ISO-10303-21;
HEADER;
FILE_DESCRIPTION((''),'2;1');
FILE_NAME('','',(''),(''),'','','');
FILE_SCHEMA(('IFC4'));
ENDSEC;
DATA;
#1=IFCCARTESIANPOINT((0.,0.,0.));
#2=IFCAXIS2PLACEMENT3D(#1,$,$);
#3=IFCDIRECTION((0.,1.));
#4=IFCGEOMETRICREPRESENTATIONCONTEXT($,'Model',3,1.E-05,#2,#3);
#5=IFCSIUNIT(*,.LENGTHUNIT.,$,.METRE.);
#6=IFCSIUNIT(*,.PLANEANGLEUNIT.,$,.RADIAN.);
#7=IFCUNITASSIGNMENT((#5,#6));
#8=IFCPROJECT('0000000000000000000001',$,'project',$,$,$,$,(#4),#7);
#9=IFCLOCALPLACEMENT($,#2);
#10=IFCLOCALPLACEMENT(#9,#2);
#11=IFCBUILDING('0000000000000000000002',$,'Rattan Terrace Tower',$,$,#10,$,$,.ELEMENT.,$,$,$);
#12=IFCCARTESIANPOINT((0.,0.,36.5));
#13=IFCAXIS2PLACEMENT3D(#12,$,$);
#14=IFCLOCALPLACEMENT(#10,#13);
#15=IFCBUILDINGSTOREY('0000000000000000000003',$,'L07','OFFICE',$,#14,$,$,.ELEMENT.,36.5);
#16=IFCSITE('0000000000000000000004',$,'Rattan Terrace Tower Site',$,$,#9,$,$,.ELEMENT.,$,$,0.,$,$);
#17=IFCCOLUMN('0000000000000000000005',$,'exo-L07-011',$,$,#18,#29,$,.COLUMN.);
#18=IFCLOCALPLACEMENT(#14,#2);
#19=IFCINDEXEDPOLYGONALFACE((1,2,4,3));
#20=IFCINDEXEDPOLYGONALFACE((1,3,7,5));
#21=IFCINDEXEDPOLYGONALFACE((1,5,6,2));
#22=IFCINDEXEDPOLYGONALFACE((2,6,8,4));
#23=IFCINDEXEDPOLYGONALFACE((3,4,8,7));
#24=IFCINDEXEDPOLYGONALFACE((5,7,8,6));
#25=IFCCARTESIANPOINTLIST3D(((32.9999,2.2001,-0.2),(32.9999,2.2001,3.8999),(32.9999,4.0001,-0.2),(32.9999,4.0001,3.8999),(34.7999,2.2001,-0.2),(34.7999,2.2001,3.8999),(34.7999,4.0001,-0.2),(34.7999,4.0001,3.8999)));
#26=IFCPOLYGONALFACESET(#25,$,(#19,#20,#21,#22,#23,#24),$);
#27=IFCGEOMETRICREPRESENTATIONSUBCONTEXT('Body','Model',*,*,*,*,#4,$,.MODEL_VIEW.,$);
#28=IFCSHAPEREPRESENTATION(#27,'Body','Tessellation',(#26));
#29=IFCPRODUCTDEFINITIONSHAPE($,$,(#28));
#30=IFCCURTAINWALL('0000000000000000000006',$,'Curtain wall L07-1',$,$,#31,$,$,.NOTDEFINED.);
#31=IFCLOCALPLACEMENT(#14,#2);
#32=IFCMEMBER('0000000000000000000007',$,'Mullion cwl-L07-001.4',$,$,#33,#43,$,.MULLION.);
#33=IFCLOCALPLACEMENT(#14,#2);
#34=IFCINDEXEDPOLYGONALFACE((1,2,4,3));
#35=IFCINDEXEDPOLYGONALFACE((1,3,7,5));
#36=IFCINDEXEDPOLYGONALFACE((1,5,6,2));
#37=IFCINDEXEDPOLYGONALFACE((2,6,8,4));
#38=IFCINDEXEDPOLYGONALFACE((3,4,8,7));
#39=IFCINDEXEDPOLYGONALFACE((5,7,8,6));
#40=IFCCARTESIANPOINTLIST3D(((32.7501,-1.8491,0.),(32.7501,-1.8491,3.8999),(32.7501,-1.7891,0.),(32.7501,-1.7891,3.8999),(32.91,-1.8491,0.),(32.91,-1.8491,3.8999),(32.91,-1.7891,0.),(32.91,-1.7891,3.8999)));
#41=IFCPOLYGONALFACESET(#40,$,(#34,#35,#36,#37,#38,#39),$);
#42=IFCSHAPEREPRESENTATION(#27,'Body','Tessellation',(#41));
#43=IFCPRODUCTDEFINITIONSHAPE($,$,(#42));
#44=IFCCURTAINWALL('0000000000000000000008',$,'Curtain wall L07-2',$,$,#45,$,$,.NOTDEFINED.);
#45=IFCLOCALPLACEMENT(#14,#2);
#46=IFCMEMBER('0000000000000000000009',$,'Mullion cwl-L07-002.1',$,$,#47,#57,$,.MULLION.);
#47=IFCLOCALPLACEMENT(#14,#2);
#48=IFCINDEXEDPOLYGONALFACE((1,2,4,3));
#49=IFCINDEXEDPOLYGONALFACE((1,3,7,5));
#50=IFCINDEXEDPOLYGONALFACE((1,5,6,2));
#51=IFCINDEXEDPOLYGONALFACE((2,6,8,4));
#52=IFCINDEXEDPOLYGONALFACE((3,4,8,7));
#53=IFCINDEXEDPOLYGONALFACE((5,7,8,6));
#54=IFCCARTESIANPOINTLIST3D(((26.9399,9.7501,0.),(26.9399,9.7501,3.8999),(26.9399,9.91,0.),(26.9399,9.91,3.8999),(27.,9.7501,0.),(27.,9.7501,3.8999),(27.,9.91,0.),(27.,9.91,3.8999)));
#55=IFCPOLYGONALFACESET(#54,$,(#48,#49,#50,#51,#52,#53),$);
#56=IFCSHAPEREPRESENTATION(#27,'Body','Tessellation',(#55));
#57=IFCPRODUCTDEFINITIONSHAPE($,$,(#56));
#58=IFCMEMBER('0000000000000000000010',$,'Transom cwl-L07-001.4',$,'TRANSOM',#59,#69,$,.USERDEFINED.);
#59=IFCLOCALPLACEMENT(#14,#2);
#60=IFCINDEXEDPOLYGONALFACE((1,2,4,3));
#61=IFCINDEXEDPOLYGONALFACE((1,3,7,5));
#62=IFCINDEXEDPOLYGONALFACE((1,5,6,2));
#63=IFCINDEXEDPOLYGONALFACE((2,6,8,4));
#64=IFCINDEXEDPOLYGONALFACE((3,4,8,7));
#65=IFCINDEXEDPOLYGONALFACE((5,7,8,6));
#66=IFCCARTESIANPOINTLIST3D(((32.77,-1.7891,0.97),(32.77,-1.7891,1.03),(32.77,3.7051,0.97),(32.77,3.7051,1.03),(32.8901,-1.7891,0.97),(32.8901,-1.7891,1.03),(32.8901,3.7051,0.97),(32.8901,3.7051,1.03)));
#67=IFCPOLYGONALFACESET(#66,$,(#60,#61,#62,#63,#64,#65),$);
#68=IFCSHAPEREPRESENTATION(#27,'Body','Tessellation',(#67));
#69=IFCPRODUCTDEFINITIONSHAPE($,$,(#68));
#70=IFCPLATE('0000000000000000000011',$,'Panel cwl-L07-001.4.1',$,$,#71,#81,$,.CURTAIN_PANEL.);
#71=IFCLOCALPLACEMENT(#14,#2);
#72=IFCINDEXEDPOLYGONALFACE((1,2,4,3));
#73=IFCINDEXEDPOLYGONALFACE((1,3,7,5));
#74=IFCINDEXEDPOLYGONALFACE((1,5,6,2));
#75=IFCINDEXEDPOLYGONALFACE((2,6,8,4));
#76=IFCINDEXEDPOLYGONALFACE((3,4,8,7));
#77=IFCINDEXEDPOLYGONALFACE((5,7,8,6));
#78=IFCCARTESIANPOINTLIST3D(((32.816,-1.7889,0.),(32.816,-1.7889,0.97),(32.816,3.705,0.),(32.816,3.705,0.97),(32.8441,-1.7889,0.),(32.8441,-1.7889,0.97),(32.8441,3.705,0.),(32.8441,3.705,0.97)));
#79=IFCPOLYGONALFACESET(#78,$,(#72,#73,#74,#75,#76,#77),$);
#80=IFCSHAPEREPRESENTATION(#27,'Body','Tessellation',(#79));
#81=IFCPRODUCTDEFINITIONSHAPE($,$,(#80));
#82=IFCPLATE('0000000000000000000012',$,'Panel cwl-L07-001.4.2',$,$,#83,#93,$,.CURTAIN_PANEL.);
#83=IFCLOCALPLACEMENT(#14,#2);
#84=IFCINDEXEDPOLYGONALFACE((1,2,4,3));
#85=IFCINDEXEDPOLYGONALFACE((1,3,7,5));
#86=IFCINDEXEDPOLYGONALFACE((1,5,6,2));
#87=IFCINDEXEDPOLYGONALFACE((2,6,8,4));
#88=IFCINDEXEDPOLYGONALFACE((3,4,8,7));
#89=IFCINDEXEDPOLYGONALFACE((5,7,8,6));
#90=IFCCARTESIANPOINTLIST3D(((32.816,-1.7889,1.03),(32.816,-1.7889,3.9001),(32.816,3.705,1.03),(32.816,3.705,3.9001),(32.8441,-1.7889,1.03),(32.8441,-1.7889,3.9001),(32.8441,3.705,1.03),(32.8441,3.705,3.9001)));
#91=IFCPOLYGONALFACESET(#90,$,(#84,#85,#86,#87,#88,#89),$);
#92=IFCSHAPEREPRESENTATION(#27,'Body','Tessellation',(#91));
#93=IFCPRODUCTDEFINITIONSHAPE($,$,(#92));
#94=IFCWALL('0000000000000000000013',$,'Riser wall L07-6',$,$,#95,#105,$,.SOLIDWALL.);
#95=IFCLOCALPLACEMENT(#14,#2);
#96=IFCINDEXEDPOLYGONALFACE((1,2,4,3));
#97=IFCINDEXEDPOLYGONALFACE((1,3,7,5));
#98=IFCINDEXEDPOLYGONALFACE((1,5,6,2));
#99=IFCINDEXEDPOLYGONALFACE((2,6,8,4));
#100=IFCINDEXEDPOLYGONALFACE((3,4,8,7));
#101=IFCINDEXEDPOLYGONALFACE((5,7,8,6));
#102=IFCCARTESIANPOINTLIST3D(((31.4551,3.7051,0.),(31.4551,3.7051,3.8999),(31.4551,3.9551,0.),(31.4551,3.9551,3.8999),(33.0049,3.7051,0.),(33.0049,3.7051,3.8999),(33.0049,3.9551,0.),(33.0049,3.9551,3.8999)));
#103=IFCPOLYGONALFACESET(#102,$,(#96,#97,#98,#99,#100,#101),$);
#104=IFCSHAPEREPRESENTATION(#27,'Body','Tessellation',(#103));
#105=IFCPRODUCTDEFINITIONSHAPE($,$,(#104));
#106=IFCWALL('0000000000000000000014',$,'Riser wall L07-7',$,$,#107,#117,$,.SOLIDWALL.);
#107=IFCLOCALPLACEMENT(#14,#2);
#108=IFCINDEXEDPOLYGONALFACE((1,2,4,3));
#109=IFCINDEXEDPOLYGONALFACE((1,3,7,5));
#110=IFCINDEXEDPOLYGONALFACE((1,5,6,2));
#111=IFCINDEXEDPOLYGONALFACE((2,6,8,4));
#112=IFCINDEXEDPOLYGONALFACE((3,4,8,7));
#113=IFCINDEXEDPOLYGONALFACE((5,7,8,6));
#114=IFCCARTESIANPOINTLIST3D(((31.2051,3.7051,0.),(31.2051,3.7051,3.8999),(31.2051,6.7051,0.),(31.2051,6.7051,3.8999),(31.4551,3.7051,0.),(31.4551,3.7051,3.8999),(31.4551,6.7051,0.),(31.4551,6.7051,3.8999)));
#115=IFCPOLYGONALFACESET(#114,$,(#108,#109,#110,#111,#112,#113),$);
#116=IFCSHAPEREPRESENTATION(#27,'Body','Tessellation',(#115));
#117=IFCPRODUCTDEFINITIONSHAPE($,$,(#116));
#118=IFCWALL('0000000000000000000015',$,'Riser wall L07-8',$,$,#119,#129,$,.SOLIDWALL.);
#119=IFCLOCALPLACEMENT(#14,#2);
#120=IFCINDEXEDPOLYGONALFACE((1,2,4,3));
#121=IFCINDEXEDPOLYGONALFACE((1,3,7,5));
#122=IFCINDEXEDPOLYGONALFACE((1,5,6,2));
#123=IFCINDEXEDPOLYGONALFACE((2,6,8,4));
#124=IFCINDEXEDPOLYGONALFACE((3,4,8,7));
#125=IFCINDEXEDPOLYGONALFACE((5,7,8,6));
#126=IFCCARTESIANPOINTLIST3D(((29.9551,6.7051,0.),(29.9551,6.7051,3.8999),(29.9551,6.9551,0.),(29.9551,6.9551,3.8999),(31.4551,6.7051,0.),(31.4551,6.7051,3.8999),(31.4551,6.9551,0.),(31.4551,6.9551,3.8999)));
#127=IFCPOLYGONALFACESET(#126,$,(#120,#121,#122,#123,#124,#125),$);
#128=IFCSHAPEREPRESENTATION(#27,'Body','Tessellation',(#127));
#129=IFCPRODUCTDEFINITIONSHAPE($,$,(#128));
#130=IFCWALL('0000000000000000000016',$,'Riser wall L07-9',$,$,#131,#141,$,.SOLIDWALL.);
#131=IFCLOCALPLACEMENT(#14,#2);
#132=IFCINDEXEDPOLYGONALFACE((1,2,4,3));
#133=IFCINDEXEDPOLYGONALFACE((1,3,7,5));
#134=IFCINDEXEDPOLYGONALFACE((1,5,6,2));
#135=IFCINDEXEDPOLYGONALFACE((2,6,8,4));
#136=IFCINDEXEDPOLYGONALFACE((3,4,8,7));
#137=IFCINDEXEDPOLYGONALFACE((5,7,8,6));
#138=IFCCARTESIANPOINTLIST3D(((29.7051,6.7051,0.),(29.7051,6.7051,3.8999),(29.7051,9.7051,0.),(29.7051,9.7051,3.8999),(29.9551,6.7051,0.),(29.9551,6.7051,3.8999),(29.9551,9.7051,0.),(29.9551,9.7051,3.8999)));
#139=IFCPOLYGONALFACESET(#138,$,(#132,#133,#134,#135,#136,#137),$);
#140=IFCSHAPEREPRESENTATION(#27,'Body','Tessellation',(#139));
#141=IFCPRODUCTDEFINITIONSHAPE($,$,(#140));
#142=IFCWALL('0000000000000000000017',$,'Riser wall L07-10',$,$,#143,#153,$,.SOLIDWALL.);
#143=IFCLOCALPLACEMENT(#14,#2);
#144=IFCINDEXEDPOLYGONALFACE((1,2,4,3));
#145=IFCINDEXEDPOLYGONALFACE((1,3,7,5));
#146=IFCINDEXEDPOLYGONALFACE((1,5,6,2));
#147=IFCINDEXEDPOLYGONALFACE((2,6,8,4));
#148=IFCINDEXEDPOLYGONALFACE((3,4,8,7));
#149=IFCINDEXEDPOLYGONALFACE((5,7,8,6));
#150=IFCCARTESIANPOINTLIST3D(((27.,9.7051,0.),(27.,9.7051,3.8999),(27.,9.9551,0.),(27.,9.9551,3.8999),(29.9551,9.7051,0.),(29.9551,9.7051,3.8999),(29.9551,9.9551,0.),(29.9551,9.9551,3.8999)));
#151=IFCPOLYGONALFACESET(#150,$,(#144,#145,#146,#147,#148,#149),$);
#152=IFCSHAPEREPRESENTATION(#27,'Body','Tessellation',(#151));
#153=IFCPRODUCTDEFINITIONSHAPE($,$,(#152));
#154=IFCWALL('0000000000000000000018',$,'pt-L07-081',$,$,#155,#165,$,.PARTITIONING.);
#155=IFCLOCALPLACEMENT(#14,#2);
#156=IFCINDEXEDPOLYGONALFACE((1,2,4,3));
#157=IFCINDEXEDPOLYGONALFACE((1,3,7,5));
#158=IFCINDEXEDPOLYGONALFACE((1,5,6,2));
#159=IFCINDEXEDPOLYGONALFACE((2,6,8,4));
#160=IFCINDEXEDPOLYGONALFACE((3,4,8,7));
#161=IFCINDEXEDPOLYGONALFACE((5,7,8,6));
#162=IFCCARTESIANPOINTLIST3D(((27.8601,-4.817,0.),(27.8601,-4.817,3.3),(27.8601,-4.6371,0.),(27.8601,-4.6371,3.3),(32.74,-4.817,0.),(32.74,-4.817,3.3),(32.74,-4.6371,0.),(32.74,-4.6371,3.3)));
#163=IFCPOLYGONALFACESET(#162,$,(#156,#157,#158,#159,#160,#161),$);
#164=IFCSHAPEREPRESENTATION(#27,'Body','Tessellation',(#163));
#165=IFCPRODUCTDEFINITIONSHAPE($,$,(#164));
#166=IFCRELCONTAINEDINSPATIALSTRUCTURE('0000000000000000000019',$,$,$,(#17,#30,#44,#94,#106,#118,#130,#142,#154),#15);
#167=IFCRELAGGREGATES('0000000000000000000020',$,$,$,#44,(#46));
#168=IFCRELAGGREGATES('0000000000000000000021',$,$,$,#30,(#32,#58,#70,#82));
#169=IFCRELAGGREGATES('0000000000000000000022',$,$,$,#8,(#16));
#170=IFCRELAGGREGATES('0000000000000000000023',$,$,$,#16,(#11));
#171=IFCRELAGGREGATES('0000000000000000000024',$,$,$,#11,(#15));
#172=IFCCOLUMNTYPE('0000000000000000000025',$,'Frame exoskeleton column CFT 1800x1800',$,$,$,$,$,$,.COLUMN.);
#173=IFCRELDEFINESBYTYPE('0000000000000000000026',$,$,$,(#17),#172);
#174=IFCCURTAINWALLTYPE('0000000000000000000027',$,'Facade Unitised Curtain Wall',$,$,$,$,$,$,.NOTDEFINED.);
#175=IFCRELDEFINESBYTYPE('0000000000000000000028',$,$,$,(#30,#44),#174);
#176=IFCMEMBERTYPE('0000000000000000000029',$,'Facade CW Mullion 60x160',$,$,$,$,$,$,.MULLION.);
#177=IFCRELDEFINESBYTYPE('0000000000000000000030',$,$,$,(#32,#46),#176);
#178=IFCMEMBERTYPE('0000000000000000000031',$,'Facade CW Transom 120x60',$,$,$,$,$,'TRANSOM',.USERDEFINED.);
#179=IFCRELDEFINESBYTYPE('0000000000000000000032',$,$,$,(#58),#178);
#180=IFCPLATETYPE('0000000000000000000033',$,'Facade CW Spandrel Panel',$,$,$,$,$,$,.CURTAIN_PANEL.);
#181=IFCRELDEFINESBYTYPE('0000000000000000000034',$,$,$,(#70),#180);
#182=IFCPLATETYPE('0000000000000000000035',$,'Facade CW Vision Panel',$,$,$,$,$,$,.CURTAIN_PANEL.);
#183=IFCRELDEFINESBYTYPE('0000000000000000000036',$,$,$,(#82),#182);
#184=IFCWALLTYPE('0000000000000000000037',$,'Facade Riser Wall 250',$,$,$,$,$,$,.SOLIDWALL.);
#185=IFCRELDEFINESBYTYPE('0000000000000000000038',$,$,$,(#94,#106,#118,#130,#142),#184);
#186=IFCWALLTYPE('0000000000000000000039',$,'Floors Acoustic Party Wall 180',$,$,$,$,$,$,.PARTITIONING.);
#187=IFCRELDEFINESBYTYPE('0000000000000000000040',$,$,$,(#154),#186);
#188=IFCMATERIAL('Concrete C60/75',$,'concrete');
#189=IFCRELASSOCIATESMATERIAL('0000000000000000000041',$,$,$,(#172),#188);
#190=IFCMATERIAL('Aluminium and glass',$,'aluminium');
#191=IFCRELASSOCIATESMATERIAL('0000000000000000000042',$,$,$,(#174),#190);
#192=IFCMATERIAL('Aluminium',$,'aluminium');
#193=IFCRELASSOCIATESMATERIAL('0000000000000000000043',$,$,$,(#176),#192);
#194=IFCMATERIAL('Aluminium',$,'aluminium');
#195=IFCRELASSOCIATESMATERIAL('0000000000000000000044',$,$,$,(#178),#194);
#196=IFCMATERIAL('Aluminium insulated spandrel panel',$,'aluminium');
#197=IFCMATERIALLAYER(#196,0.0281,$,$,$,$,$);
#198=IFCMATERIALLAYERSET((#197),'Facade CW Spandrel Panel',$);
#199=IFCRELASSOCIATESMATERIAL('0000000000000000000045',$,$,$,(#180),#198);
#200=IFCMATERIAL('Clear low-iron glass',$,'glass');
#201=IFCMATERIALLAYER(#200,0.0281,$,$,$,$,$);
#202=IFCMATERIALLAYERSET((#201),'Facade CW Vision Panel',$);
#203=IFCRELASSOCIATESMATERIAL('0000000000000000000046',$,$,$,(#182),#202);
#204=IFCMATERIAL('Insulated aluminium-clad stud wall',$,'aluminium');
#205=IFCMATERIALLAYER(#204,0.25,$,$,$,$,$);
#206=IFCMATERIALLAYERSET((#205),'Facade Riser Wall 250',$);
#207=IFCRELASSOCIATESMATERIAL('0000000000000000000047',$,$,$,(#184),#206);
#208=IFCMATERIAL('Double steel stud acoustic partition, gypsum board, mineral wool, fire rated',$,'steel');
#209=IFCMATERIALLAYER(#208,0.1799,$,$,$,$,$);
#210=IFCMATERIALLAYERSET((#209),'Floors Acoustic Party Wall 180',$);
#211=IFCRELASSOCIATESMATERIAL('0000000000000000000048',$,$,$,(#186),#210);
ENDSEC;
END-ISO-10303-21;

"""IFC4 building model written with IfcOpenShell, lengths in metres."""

from ifc_helpers import new_model, si_unit, direction, frame, frame_2d, origin, origin_2d, place, context, subcontext, project, spatial, rectangle, extrude, material, layer, layer_set, material_profile, profile_set, type_object, element, aggregate, save


model = new_model("IFC4")

# Units and contexts
model_context = context("Model", 3, precision=1e-05, world=origin(), true_north=direction((0.0, 1.0)))
body_context = subcontext(model_context, "Body", "Model", "MODEL_VIEW")
ifc_project = project(units=[si_unit("LENGTHUNIT", "METRE"), si_unit("PLANEANGLEUNIT", "RADIAN")], contexts=[model_context])

# Site, building, storey
site_placement = place(None, origin())
site = spatial("IfcSite", under=ifc_project, at=site_placement, Name="Rattan Terrace Tower Site", CompositionType="ELEMENT", RefElevation=0.0)
building_placement = place(site_placement, origin())
building = spatial("IfcBuilding", under=site, at=building_placement, Name="Rattan Terrace Tower", CompositionType="ELEMENT")
storey_placement = place(building_placement, frame((0.0, 0.0, 36.5)))
storey = spatial("IfcBuildingStorey", under=building, at=storey_placement, Name="L07", Description="OFFICE", CompositionType="ELEMENT", Elevation=36.5)

# Column
ifc_material_1 = material(Name="Concrete C60/75", Category="concrete")
ifc_material_profile_1 = material_profile(ifc_material_1, rectangle(XDim=1.8, YDim=1.8, at=origin_2d()), Name="CFT 1800x1800")
ifc_profile_set_1 = profile_set([ifc_material_profile_1], Name="Concrete C60/75")
column_type = type_object("IfcColumnType", Name="Frame exoskeleton column CFT 1800x1800", PredefinedType="COLUMN", material=ifc_profile_set_1)
column_placement = place(storey_placement, frame((33.8999, 3.1001, -0.2), z_axis=(0.0, 0.0, 1.0), x_axis=(0.0, 1.0, 0.0)))
element("IfcColumn", 1, at=column_placement, inside=storey, type_object=column_type, Name="exo-L07-011", PredefinedType="COLUMN", context=body_context, shape_type="SweptSolid", body=[
    extrude(rectangle(XDim=1.8, YDim=1.8, at=origin_2d()), origin(), (0.0, 0.0, 1.0), 4.0999),
])

# Curtain walls, members
ifc_material_2 = material(Name="Aluminium and glass", Category="aluminium")
curtain_wall_type = type_object("IfcCurtainWallType", Name="Facade Unitised Curtain Wall", PredefinedType="NOTDEFINED", material=ifc_material_2)
curtain_wall_1_placement = place(storey_placement, origin())
curtain_wall_1 = element("IfcCurtainWall", 2, at=curtain_wall_1_placement, inside=storey, type_object=curtain_wall_type, Name="Curtain wall L07-1", PredefinedType="NOTDEFINED")
ifc_material_3 = material(Name="Aluminium", Category="aluminium")
ifc_material_profile_2 = material_profile(ifc_material_3, rectangle(XDim=0.0601, YDim=0.1599, at=origin_2d()), Name="Aluminium 60x160")
ifc_profile_set_2 = profile_set([ifc_material_profile_2], Name="Aluminium")
member_type_1 = type_object("IfcMemberType", Name="Facade CW Mullion 60x160", PredefinedType="MULLION", material=ifc_profile_set_2)
member_1_placement = place(storey_placement, frame((32.8301, -1.8191, 0.0), z_axis=(0.0, 0.0, 1.0), x_axis=(0.0, 1.0, 0.0)))
member_1 = element("IfcMember", 3, at=member_1_placement, type_object=member_type_1, Name="Mullion cwl-L07-001.4", PredefinedType="MULLION", context=body_context, shape_type="SweptSolid", body=[
    extrude(rectangle(XDim=0.0601, YDim=0.1599, at=origin_2d()), origin(), (0.0, 0.0, 1.0), 3.8999),
])
curtain_wall_2_placement = place(storey_placement, origin())
curtain_wall_2 = element("IfcCurtainWall", 4, at=curtain_wall_2_placement, inside=storey, type_object=curtain_wall_type, Name="Curtain wall L07-2", PredefinedType="NOTDEFINED")
member_2_placement = place(storey_placement, frame((26.97, 9.8301, 0.0), z_axis=(0.0, 0.0, 1.0), x_axis=(-1.0, 0.0, 0.0)))
member_2 = element("IfcMember", 5, at=member_2_placement, type_object=member_type_1, Name="Mullion cwl-L07-002.1", PredefinedType="MULLION", context=body_context, shape_type="SweptSolid", body=[
    extrude(rectangle(XDim=0.0601, YDim=0.1599, at=origin_2d()), origin(), (0.0, 0.0, 1.0), 3.8999),
])
aggregate(curtain_wall_2, [member_2])

# Member
ifc_material_4 = material(Name="Aluminium", Category="aluminium")
ifc_material_profile_3 = material_profile(ifc_material_4, rectangle(XDim=0.1201, YDim=0.0601, at=origin_2d()), Name="Aluminium 120x60")
ifc_profile_set_3 = profile_set([ifc_material_profile_3], Name="Aluminium")
member_type_2 = type_object("IfcMemberType", Name="Facade CW Transom 120x60", ElementType="TRANSOM", PredefinedType="USERDEFINED", material=ifc_profile_set_3)
member_3_placement = place(storey_placement, frame((32.8301, -1.7891, 1.0), z_axis=(0.0, 1.0, 0.0), x_axis=(-1.0, 0.0, 0.0)))
member_3 = element("IfcMember", 6, at=member_3_placement, type_object=member_type_2, Name="Transom cwl-L07-001.4", ObjectType="TRANSOM", PredefinedType="USERDEFINED", context=body_context, shape_type="SweptSolid", body=[
    extrude(rectangle(XDim=0.1201, YDim=0.0601, at=origin_2d()), origin(), (0.0, 0.0, 1.0), 5.4941),
])

# Plates
ifc_material_5 = material(Name="Aluminium insulated spandrel panel", Category="aluminium")
ifc_layer_1 = layer(ifc_material_5, 0.0281)
ifc_layer_set_1 = layer_set([ifc_layer_1], Name="Facade CW Spandrel Panel")
plate_type_1 = type_object("IfcPlateType", Name="Facade CW Spandrel Panel", PredefinedType="CURTAIN_PANEL", material=ifc_layer_set_1)
plate_1_placement = place(storey_placement, frame((32.8301, 0.958, 0.0), z_axis=(0.0, 0.0, 1.0), x_axis=(0.0, 1.0, 0.0)))
plate_1 = element("IfcPlate", 7, at=plate_1_placement, type_object=plate_type_1, Name="Panel cwl-L07-001.4.1", PredefinedType="CURTAIN_PANEL", context=body_context, shape_type="SweptSolid", body=[
    extrude(rectangle(XDim=5.4939, YDim=0.0281, at=origin_2d()), origin(), (0.0, 0.0, 1.0), 0.97),
])
ifc_material_6 = material(Name="Clear low-iron glass", Category="glass")
ifc_layer_2 = layer(ifc_material_6, 0.0281)
ifc_layer_set_2 = layer_set([ifc_layer_2], Name="Facade CW Vision Panel")
plate_type_2 = type_object("IfcPlateType", Name="Facade CW Vision Panel", PredefinedType="CURTAIN_PANEL", material=ifc_layer_set_2)
plate_2_placement = place(storey_placement, frame((32.8301, 0.958, 1.03), z_axis=(0.0, 0.0, 1.0), x_axis=(0.0, 1.0, 0.0)))
plate_2 = element("IfcPlate", 8, at=plate_2_placement, type_object=plate_type_2, Name="Panel cwl-L07-001.4.2", PredefinedType="CURTAIN_PANEL", context=body_context, shape_type="SweptSolid", body=[
    extrude(rectangle(XDim=5.4939, YDim=0.0281, at=origin_2d()), origin(), (0.0, 0.0, 1.0), 2.8701),
])
aggregate(curtain_wall_1, [member_1, member_3, plate_1, plate_2])

# Walls
ifc_material_7 = material(Name="Insulated aluminium-clad stud wall", Category="aluminium")
ifc_layer_3 = layer(ifc_material_7, 0.25)
ifc_layer_set_3 = layer_set([ifc_layer_3], Name="Facade Riser Wall 250")
wall_type_1 = type_object("IfcWallType", Name="Facade Riser Wall 250", PredefinedType="SOLIDWALL", material=ifc_layer_set_3)
wall_1_placement = place(storey_placement, frame((33.0049, 3.8301, 0.0), z_axis=(0.0, 0.0, 1.0), x_axis=(-1.0, 0.0, 0.0)))
element("IfcWall", 9, at=wall_1_placement, inside=storey, type_object=wall_type_1, Name="Riser wall L07-6", PredefinedType="SOLIDWALL", context=body_context, shape_type="SweptSolid", body=[
    extrude(rectangle(XDim=1.5498, YDim=0.25, at=frame_2d((0.7749, 0.0))), origin(), (0.0, 0.0, 1.0), 3.8999),
])
wall_2_placement = place(storey_placement, frame((31.3301, 3.7051, 0.0), z_axis=(0.0, 0.0, 1.0), x_axis=(0.0, 1.0, 0.0)))
element("IfcWall", 10, at=wall_2_placement, inside=storey, type_object=wall_type_1, Name="Riser wall L07-7", PredefinedType="SOLIDWALL", context=body_context, shape_type="SweptSolid", body=[
    extrude(rectangle(XDim=3.0, YDim=0.25, at=frame_2d((1.5, 0.0))), origin(), (0.0, 0.0, 1.0), 3.8999),
])
wall_3_placement = place(storey_placement, frame((31.4551, 6.8301, 0.0), z_axis=(0.0, 0.0, 1.0), x_axis=(-1.0, 0.0, 0.0)))
element("IfcWall", 11, at=wall_3_placement, inside=storey, type_object=wall_type_1, Name="Riser wall L07-8", PredefinedType="SOLIDWALL", context=body_context, shape_type="SweptSolid", body=[
    extrude(rectangle(XDim=1.5, YDim=0.25, at=frame_2d((0.75, 0.0))), origin(), (0.0, 0.0, 1.0), 3.8999),
])
wall_4_placement = place(storey_placement, frame((29.8301, 6.7051, 0.0), z_axis=(0.0, 0.0, 1.0), x_axis=(0.0, 1.0, 0.0)))
element("IfcWall", 12, at=wall_4_placement, inside=storey, type_object=wall_type_1, Name="Riser wall L07-9", PredefinedType="SOLIDWALL", context=body_context, shape_type="SweptSolid", body=[
    extrude(rectangle(XDim=3.0, YDim=0.25, at=frame_2d((1.5, 0.0))), origin(), (0.0, 0.0, 1.0), 3.8999),
])
wall_5_placement = place(storey_placement, frame((29.9551, 9.8301, 0.0), z_axis=(0.0, 0.0, 1.0), x_axis=(-1.0, 0.0, 0.0)))
element("IfcWall", 13, at=wall_5_placement, inside=storey, type_object=wall_type_1, Name="Riser wall L07-10", PredefinedType="SOLIDWALL", context=body_context, shape_type="SweptSolid", body=[
    extrude(rectangle(XDim=2.9551, YDim=0.25, at=frame_2d((1.4775, 0.0))), origin(), (0.0, 0.0, 1.0), 3.8999),
])
ifc_material_8 = material(Name="Double steel stud acoustic partition, gypsum board, mineral wool, fire rated", Category="steel")
ifc_layer_4 = layer(ifc_material_8, 0.1799)
ifc_layer_set_4 = layer_set([ifc_layer_4], Name="Floors Acoustic Party Wall 180")
wall_type_2 = type_object("IfcWallType", Name="Floors Acoustic Party Wall 180", PredefinedType="PARTITIONING", material=ifc_layer_set_4)
wall_6_placement = place(storey_placement, frame((27.8601, -4.7271, 0.0), z_axis=(0.0, 0.0, 1.0), x_axis=(1.0, 0.0, 0.0)))
element("IfcWall", 14, at=wall_6_placement, inside=storey, type_object=wall_type_2, Name="pt-L07-081", PredefinedType="PARTITIONING", context=body_context, shape_type="SweptSolid", body=[
    extrude(rectangle(XDim=4.8799, YDim=0.1799, at=frame_2d((2.4399, 0.0))), origin(), (0.0, 0.0, 1.0), 3.3),
])

save(model, "model.ifc")
